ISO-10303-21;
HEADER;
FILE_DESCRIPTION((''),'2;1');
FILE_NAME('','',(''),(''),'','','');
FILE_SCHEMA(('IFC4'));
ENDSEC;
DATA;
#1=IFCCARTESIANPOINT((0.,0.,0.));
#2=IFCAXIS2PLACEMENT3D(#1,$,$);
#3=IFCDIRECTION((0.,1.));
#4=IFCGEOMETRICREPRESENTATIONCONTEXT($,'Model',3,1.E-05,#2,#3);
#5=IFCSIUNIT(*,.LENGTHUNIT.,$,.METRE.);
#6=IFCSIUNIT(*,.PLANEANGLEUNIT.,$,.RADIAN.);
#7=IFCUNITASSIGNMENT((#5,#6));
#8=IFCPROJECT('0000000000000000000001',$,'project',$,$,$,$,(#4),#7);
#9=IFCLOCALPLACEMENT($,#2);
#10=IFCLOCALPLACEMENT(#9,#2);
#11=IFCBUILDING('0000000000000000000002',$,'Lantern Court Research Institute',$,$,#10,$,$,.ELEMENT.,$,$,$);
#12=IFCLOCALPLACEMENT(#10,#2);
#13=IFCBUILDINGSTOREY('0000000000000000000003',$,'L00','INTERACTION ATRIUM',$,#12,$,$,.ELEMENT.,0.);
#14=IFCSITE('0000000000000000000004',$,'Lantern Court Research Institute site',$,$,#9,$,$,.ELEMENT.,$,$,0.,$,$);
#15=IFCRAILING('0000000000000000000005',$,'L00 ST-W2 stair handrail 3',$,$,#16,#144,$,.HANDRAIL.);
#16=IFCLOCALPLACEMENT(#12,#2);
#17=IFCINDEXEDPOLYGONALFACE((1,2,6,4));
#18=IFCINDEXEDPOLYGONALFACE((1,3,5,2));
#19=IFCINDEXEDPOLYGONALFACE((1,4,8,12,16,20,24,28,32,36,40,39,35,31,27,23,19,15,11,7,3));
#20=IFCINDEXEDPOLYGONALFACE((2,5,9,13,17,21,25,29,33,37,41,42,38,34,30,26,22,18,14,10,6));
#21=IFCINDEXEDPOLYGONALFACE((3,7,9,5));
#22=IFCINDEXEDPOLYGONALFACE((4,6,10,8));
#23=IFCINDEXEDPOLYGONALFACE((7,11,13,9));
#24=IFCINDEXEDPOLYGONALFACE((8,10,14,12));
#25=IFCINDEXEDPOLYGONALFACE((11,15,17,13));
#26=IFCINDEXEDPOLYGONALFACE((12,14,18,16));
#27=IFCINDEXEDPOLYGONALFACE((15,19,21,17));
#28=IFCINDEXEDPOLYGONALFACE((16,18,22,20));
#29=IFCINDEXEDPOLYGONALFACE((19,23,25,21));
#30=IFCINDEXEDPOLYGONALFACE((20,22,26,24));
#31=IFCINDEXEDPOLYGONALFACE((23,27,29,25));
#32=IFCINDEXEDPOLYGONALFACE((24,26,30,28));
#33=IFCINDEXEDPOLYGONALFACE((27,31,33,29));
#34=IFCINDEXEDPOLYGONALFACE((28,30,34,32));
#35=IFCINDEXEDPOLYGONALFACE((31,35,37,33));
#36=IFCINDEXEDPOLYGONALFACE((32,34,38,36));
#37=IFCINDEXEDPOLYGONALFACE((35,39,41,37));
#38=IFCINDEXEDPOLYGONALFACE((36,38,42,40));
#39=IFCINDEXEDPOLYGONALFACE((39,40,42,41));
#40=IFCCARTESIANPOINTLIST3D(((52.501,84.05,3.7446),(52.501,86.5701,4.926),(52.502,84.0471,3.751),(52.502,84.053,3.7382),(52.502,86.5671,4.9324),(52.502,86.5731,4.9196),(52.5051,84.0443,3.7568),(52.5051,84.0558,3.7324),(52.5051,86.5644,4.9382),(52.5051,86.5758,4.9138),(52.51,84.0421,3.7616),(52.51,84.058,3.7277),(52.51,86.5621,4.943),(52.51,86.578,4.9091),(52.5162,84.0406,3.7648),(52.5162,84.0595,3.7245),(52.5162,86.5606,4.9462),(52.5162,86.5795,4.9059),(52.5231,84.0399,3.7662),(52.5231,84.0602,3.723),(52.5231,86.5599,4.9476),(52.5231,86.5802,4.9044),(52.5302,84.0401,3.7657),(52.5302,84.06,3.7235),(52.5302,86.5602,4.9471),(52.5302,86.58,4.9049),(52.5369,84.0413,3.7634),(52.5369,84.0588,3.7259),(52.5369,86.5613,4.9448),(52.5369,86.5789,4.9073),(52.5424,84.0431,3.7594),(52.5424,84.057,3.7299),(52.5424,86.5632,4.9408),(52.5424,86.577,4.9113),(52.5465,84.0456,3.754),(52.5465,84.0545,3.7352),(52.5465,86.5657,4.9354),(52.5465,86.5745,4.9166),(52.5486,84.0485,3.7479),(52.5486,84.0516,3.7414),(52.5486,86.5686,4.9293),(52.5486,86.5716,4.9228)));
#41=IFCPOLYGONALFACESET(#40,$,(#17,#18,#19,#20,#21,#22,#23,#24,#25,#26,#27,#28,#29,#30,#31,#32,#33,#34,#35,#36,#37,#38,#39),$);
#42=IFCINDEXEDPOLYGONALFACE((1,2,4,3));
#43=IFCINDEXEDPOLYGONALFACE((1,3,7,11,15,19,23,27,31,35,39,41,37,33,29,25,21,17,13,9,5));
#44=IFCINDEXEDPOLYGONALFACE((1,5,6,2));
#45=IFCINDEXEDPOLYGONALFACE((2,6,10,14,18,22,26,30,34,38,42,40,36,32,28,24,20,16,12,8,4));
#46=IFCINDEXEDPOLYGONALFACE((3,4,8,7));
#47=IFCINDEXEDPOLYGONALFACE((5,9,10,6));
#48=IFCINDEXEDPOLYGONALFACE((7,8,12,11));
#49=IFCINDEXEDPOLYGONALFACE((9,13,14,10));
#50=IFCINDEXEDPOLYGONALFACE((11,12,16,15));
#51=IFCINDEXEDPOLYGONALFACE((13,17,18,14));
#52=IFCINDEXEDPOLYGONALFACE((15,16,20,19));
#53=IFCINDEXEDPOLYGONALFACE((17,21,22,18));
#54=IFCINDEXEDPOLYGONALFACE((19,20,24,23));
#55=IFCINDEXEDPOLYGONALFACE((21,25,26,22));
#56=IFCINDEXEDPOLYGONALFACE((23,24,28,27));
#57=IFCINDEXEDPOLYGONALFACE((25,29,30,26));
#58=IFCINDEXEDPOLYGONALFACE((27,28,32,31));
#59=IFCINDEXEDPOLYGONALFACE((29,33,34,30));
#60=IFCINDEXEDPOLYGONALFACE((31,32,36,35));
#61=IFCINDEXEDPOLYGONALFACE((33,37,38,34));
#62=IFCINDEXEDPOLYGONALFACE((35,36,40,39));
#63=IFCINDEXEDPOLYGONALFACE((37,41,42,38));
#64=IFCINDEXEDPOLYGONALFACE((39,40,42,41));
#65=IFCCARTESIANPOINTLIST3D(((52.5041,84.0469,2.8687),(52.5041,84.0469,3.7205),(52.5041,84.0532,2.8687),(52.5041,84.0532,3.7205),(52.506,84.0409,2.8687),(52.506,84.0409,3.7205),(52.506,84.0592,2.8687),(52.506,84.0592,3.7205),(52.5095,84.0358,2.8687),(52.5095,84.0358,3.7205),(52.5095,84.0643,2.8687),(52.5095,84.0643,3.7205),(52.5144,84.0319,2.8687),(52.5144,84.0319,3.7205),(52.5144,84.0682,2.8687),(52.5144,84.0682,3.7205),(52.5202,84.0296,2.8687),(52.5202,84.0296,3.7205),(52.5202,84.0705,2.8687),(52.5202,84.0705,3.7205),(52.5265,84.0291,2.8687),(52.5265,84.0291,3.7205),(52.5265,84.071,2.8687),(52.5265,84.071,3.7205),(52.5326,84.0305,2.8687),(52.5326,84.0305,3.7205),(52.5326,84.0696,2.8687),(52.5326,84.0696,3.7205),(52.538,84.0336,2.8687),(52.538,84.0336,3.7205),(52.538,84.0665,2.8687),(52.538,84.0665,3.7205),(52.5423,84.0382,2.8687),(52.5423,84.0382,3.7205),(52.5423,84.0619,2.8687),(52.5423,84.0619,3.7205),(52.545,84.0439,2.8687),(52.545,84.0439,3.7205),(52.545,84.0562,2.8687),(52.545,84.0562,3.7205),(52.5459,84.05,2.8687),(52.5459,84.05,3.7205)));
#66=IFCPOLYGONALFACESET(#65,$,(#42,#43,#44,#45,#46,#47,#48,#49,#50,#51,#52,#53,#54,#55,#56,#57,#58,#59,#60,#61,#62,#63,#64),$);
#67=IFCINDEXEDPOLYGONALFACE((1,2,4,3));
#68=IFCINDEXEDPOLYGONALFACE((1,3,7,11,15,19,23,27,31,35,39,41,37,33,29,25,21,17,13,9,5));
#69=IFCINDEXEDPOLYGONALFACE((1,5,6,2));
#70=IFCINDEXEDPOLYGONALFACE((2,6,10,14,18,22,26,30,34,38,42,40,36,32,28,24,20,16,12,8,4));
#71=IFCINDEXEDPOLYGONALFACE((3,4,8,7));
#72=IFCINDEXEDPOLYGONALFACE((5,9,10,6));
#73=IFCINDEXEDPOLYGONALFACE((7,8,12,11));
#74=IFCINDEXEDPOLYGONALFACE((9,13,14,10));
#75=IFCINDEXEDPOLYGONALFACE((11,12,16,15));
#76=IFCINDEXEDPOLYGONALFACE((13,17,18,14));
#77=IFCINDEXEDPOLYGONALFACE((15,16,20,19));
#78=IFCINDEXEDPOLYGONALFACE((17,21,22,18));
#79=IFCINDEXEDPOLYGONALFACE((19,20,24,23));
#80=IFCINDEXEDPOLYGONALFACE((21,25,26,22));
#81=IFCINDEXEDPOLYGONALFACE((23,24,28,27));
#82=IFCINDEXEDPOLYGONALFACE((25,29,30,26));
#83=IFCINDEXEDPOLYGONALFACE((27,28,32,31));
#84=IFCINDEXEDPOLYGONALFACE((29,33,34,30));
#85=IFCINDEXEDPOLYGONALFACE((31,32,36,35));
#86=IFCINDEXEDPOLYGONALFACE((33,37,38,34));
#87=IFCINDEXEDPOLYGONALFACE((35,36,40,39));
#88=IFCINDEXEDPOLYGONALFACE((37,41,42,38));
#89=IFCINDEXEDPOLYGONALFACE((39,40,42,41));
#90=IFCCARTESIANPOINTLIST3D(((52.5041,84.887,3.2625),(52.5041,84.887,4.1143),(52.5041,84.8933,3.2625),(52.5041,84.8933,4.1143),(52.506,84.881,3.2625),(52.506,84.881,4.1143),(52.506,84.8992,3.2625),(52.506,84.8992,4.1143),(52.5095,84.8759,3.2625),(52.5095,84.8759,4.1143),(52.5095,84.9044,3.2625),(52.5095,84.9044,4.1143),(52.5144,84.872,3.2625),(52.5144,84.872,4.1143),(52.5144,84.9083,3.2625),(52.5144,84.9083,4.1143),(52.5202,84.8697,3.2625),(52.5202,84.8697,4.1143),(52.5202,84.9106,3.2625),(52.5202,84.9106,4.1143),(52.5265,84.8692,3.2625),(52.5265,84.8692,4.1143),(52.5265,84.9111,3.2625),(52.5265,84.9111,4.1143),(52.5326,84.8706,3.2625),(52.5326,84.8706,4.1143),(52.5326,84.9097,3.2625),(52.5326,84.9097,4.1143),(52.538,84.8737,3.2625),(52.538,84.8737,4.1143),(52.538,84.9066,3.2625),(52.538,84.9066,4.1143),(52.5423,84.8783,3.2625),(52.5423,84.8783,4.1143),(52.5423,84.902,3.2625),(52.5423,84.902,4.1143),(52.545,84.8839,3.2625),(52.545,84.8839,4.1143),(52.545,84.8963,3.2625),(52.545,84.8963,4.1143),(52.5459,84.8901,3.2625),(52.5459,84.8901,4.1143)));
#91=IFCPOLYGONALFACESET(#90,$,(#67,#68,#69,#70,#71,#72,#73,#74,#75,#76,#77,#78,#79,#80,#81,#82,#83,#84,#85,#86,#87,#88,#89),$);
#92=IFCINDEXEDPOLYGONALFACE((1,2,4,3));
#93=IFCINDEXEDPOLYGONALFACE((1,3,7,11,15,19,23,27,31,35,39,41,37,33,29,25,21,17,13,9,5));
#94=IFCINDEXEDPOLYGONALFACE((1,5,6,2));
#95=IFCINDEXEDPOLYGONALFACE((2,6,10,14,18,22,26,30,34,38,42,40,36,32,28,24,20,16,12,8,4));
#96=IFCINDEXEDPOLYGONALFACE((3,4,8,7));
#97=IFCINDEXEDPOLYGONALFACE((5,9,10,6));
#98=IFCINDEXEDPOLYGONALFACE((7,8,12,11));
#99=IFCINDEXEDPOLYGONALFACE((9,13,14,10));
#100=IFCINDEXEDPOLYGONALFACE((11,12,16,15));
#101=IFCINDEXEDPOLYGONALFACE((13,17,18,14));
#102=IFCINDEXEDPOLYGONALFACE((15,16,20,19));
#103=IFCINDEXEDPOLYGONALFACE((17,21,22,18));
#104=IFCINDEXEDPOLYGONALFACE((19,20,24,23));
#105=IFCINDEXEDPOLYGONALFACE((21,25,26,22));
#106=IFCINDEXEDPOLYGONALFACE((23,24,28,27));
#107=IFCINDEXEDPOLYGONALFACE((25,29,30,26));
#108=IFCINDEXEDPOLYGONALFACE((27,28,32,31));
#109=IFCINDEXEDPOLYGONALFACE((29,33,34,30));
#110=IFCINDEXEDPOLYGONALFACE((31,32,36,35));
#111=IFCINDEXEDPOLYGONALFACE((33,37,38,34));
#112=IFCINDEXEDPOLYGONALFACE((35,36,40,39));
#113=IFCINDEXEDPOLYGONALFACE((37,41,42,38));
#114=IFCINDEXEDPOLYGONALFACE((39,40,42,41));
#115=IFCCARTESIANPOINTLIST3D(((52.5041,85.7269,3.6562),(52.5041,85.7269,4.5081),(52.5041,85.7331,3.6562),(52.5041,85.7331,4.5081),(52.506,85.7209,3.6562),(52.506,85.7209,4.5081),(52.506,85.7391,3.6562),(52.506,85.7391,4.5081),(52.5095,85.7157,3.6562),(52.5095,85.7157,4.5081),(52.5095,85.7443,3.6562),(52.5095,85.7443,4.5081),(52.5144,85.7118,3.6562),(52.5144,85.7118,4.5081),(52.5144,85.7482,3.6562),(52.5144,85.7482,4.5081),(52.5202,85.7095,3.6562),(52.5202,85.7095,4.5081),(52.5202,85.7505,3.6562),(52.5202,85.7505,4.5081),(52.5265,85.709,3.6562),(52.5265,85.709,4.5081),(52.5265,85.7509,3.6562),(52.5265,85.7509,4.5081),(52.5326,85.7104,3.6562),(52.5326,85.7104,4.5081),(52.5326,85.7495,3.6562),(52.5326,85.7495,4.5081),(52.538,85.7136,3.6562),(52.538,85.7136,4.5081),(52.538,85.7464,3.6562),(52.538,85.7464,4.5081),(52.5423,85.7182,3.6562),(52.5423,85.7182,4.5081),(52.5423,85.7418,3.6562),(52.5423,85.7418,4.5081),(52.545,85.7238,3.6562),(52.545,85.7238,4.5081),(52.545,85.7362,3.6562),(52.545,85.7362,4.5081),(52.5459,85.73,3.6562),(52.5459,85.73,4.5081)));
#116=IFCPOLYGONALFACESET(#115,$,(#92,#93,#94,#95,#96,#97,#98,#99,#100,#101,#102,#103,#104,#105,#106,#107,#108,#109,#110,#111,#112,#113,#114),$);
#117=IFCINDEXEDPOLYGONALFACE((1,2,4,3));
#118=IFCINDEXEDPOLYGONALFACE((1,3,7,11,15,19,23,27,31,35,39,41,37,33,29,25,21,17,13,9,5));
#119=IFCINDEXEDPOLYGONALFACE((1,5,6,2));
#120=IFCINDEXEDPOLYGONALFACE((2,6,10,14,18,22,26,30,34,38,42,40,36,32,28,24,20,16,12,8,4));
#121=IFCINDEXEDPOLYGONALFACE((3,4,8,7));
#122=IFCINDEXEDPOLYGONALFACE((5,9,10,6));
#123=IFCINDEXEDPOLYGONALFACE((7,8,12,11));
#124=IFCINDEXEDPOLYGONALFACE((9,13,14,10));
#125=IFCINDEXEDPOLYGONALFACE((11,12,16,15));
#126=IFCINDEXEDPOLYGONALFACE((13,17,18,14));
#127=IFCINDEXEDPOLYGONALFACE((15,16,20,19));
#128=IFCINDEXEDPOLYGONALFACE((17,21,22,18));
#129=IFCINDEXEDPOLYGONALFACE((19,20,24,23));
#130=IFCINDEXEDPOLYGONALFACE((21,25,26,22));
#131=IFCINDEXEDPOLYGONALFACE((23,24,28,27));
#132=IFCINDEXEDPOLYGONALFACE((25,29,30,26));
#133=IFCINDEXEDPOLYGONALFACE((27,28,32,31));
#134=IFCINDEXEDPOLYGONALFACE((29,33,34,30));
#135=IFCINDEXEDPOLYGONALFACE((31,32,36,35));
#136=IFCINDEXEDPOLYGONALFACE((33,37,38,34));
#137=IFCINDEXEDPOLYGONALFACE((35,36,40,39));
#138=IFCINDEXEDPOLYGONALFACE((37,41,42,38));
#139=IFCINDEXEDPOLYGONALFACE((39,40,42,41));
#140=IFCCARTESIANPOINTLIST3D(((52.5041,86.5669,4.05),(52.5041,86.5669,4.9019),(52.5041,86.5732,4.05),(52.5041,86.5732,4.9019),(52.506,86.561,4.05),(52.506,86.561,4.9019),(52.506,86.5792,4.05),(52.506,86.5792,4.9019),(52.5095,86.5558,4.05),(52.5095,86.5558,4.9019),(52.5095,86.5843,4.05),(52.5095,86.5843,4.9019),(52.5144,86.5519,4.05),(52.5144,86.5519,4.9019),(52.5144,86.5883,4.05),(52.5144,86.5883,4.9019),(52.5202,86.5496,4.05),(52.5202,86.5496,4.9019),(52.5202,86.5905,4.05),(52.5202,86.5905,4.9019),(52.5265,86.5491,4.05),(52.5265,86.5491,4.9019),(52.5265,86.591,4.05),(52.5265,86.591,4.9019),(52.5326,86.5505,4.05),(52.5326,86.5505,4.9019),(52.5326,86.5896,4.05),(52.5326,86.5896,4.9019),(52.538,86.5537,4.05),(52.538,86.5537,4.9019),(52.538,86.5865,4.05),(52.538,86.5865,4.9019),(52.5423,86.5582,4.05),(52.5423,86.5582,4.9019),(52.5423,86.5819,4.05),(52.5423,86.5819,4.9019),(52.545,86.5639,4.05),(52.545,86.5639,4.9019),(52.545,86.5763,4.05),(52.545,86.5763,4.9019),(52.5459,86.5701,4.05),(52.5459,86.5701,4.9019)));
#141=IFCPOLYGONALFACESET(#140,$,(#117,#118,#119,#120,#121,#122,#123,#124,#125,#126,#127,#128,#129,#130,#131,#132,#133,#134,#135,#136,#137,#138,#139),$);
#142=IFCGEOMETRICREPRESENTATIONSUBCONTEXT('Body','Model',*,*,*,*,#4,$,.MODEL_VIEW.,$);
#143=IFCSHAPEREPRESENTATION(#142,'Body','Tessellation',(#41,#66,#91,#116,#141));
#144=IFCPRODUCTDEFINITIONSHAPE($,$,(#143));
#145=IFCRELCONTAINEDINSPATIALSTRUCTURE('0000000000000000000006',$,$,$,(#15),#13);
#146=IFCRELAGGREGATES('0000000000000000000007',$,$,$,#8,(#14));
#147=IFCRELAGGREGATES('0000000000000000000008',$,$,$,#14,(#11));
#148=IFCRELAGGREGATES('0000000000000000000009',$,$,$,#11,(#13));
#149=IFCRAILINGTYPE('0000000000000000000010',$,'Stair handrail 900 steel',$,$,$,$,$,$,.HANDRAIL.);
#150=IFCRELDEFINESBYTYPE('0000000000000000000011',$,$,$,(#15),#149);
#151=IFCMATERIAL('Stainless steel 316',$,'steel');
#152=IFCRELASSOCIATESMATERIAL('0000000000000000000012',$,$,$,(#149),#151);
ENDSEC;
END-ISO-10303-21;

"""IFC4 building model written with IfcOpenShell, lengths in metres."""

from ifc_helpers import new_model, si_unit, direction, frame, origin, origin_2d, place, context, subcontext, project, spatial, circle, extrude, material, type_object, element, save


model = new_model("IFC4")

# Units and contexts
model_context = context("Model", 3, precision=1e-05, world=origin(), true_north=direction((0.0, 1.0)))
body_context = subcontext(model_context, "Body", "Model", "MODEL_VIEW")
ifc_project = project(units=[si_unit("LENGTHUNIT", "METRE"), si_unit("PLANEANGLEUNIT", "RADIAN")], contexts=[model_context])

# Site, building, storey
site_placement = place(None, origin())
site = spatial("IfcSite", under=ifc_project, at=site_placement, Name="Lantern Court Research Institute site", CompositionType="ELEMENT", RefElevation=0.0)
building_placement = place(site_placement, origin())
building = spatial("IfcBuilding", under=site, at=building_placement, Name="Lantern Court Research Institute", CompositionType="ELEMENT")
storey_placement = place(building_placement, origin())
storey = spatial("IfcBuildingStorey", under=building, at=storey_placement, Name="L00", Description="INTERACTION ATRIUM", CompositionType="ELEMENT", Elevation=0.0)

# Railing
ifc_material_1 = material(Name="Stainless steel 316", Category="steel")
railing_type = type_object("IfcRailingType", Name="Stair handrail 900 steel", PredefinedType="HANDRAIL", material=ifc_material_1)
for number, where, name in (
    (1, (52.5249, 84.05, 2.8687), "L00 ST-W2 stair handrail 3"),
):
    element("IfcRailing", number, at=place(storey_placement, frame(where)), inside=storey, type_object=railing_type, Name=name, PredefinedType="HANDRAIL", context=body_context, shape_type="SweptSolid", body=[
        extrude(circle(Radius=0.0239, at=origin_2d()), frame((0.0, 0.0, 0.876), z_axis=(0.0, 0.90544, 0.424474), x_axis=(-1.0, 0.0, 0.0)), (0.0, 0.0, 1.0), 2.7832),
        extrude(circle(Radius=0.021, at=origin_2d()), origin(), (0.0, 0.0, 1.0), 0.8518),
        extrude(circle(Radius=0.021, at=origin_2d()), frame((0.0, 0.8401, 0.3938)), (0.0, 0.0, 1.0), 0.8518),
        extrude(circle(Radius=0.021, at=origin_2d()), frame((0.0, 1.6799, 0.7876)), (0.0, 0.0, 1.0), 0.8518),
        extrude(circle(Radius=0.021, at=origin_2d()), frame((0.0, 2.52, 1.1814)), (0.0, 0.0, 1.0), 0.8518),
    ])

save(model, "model.ifc")
